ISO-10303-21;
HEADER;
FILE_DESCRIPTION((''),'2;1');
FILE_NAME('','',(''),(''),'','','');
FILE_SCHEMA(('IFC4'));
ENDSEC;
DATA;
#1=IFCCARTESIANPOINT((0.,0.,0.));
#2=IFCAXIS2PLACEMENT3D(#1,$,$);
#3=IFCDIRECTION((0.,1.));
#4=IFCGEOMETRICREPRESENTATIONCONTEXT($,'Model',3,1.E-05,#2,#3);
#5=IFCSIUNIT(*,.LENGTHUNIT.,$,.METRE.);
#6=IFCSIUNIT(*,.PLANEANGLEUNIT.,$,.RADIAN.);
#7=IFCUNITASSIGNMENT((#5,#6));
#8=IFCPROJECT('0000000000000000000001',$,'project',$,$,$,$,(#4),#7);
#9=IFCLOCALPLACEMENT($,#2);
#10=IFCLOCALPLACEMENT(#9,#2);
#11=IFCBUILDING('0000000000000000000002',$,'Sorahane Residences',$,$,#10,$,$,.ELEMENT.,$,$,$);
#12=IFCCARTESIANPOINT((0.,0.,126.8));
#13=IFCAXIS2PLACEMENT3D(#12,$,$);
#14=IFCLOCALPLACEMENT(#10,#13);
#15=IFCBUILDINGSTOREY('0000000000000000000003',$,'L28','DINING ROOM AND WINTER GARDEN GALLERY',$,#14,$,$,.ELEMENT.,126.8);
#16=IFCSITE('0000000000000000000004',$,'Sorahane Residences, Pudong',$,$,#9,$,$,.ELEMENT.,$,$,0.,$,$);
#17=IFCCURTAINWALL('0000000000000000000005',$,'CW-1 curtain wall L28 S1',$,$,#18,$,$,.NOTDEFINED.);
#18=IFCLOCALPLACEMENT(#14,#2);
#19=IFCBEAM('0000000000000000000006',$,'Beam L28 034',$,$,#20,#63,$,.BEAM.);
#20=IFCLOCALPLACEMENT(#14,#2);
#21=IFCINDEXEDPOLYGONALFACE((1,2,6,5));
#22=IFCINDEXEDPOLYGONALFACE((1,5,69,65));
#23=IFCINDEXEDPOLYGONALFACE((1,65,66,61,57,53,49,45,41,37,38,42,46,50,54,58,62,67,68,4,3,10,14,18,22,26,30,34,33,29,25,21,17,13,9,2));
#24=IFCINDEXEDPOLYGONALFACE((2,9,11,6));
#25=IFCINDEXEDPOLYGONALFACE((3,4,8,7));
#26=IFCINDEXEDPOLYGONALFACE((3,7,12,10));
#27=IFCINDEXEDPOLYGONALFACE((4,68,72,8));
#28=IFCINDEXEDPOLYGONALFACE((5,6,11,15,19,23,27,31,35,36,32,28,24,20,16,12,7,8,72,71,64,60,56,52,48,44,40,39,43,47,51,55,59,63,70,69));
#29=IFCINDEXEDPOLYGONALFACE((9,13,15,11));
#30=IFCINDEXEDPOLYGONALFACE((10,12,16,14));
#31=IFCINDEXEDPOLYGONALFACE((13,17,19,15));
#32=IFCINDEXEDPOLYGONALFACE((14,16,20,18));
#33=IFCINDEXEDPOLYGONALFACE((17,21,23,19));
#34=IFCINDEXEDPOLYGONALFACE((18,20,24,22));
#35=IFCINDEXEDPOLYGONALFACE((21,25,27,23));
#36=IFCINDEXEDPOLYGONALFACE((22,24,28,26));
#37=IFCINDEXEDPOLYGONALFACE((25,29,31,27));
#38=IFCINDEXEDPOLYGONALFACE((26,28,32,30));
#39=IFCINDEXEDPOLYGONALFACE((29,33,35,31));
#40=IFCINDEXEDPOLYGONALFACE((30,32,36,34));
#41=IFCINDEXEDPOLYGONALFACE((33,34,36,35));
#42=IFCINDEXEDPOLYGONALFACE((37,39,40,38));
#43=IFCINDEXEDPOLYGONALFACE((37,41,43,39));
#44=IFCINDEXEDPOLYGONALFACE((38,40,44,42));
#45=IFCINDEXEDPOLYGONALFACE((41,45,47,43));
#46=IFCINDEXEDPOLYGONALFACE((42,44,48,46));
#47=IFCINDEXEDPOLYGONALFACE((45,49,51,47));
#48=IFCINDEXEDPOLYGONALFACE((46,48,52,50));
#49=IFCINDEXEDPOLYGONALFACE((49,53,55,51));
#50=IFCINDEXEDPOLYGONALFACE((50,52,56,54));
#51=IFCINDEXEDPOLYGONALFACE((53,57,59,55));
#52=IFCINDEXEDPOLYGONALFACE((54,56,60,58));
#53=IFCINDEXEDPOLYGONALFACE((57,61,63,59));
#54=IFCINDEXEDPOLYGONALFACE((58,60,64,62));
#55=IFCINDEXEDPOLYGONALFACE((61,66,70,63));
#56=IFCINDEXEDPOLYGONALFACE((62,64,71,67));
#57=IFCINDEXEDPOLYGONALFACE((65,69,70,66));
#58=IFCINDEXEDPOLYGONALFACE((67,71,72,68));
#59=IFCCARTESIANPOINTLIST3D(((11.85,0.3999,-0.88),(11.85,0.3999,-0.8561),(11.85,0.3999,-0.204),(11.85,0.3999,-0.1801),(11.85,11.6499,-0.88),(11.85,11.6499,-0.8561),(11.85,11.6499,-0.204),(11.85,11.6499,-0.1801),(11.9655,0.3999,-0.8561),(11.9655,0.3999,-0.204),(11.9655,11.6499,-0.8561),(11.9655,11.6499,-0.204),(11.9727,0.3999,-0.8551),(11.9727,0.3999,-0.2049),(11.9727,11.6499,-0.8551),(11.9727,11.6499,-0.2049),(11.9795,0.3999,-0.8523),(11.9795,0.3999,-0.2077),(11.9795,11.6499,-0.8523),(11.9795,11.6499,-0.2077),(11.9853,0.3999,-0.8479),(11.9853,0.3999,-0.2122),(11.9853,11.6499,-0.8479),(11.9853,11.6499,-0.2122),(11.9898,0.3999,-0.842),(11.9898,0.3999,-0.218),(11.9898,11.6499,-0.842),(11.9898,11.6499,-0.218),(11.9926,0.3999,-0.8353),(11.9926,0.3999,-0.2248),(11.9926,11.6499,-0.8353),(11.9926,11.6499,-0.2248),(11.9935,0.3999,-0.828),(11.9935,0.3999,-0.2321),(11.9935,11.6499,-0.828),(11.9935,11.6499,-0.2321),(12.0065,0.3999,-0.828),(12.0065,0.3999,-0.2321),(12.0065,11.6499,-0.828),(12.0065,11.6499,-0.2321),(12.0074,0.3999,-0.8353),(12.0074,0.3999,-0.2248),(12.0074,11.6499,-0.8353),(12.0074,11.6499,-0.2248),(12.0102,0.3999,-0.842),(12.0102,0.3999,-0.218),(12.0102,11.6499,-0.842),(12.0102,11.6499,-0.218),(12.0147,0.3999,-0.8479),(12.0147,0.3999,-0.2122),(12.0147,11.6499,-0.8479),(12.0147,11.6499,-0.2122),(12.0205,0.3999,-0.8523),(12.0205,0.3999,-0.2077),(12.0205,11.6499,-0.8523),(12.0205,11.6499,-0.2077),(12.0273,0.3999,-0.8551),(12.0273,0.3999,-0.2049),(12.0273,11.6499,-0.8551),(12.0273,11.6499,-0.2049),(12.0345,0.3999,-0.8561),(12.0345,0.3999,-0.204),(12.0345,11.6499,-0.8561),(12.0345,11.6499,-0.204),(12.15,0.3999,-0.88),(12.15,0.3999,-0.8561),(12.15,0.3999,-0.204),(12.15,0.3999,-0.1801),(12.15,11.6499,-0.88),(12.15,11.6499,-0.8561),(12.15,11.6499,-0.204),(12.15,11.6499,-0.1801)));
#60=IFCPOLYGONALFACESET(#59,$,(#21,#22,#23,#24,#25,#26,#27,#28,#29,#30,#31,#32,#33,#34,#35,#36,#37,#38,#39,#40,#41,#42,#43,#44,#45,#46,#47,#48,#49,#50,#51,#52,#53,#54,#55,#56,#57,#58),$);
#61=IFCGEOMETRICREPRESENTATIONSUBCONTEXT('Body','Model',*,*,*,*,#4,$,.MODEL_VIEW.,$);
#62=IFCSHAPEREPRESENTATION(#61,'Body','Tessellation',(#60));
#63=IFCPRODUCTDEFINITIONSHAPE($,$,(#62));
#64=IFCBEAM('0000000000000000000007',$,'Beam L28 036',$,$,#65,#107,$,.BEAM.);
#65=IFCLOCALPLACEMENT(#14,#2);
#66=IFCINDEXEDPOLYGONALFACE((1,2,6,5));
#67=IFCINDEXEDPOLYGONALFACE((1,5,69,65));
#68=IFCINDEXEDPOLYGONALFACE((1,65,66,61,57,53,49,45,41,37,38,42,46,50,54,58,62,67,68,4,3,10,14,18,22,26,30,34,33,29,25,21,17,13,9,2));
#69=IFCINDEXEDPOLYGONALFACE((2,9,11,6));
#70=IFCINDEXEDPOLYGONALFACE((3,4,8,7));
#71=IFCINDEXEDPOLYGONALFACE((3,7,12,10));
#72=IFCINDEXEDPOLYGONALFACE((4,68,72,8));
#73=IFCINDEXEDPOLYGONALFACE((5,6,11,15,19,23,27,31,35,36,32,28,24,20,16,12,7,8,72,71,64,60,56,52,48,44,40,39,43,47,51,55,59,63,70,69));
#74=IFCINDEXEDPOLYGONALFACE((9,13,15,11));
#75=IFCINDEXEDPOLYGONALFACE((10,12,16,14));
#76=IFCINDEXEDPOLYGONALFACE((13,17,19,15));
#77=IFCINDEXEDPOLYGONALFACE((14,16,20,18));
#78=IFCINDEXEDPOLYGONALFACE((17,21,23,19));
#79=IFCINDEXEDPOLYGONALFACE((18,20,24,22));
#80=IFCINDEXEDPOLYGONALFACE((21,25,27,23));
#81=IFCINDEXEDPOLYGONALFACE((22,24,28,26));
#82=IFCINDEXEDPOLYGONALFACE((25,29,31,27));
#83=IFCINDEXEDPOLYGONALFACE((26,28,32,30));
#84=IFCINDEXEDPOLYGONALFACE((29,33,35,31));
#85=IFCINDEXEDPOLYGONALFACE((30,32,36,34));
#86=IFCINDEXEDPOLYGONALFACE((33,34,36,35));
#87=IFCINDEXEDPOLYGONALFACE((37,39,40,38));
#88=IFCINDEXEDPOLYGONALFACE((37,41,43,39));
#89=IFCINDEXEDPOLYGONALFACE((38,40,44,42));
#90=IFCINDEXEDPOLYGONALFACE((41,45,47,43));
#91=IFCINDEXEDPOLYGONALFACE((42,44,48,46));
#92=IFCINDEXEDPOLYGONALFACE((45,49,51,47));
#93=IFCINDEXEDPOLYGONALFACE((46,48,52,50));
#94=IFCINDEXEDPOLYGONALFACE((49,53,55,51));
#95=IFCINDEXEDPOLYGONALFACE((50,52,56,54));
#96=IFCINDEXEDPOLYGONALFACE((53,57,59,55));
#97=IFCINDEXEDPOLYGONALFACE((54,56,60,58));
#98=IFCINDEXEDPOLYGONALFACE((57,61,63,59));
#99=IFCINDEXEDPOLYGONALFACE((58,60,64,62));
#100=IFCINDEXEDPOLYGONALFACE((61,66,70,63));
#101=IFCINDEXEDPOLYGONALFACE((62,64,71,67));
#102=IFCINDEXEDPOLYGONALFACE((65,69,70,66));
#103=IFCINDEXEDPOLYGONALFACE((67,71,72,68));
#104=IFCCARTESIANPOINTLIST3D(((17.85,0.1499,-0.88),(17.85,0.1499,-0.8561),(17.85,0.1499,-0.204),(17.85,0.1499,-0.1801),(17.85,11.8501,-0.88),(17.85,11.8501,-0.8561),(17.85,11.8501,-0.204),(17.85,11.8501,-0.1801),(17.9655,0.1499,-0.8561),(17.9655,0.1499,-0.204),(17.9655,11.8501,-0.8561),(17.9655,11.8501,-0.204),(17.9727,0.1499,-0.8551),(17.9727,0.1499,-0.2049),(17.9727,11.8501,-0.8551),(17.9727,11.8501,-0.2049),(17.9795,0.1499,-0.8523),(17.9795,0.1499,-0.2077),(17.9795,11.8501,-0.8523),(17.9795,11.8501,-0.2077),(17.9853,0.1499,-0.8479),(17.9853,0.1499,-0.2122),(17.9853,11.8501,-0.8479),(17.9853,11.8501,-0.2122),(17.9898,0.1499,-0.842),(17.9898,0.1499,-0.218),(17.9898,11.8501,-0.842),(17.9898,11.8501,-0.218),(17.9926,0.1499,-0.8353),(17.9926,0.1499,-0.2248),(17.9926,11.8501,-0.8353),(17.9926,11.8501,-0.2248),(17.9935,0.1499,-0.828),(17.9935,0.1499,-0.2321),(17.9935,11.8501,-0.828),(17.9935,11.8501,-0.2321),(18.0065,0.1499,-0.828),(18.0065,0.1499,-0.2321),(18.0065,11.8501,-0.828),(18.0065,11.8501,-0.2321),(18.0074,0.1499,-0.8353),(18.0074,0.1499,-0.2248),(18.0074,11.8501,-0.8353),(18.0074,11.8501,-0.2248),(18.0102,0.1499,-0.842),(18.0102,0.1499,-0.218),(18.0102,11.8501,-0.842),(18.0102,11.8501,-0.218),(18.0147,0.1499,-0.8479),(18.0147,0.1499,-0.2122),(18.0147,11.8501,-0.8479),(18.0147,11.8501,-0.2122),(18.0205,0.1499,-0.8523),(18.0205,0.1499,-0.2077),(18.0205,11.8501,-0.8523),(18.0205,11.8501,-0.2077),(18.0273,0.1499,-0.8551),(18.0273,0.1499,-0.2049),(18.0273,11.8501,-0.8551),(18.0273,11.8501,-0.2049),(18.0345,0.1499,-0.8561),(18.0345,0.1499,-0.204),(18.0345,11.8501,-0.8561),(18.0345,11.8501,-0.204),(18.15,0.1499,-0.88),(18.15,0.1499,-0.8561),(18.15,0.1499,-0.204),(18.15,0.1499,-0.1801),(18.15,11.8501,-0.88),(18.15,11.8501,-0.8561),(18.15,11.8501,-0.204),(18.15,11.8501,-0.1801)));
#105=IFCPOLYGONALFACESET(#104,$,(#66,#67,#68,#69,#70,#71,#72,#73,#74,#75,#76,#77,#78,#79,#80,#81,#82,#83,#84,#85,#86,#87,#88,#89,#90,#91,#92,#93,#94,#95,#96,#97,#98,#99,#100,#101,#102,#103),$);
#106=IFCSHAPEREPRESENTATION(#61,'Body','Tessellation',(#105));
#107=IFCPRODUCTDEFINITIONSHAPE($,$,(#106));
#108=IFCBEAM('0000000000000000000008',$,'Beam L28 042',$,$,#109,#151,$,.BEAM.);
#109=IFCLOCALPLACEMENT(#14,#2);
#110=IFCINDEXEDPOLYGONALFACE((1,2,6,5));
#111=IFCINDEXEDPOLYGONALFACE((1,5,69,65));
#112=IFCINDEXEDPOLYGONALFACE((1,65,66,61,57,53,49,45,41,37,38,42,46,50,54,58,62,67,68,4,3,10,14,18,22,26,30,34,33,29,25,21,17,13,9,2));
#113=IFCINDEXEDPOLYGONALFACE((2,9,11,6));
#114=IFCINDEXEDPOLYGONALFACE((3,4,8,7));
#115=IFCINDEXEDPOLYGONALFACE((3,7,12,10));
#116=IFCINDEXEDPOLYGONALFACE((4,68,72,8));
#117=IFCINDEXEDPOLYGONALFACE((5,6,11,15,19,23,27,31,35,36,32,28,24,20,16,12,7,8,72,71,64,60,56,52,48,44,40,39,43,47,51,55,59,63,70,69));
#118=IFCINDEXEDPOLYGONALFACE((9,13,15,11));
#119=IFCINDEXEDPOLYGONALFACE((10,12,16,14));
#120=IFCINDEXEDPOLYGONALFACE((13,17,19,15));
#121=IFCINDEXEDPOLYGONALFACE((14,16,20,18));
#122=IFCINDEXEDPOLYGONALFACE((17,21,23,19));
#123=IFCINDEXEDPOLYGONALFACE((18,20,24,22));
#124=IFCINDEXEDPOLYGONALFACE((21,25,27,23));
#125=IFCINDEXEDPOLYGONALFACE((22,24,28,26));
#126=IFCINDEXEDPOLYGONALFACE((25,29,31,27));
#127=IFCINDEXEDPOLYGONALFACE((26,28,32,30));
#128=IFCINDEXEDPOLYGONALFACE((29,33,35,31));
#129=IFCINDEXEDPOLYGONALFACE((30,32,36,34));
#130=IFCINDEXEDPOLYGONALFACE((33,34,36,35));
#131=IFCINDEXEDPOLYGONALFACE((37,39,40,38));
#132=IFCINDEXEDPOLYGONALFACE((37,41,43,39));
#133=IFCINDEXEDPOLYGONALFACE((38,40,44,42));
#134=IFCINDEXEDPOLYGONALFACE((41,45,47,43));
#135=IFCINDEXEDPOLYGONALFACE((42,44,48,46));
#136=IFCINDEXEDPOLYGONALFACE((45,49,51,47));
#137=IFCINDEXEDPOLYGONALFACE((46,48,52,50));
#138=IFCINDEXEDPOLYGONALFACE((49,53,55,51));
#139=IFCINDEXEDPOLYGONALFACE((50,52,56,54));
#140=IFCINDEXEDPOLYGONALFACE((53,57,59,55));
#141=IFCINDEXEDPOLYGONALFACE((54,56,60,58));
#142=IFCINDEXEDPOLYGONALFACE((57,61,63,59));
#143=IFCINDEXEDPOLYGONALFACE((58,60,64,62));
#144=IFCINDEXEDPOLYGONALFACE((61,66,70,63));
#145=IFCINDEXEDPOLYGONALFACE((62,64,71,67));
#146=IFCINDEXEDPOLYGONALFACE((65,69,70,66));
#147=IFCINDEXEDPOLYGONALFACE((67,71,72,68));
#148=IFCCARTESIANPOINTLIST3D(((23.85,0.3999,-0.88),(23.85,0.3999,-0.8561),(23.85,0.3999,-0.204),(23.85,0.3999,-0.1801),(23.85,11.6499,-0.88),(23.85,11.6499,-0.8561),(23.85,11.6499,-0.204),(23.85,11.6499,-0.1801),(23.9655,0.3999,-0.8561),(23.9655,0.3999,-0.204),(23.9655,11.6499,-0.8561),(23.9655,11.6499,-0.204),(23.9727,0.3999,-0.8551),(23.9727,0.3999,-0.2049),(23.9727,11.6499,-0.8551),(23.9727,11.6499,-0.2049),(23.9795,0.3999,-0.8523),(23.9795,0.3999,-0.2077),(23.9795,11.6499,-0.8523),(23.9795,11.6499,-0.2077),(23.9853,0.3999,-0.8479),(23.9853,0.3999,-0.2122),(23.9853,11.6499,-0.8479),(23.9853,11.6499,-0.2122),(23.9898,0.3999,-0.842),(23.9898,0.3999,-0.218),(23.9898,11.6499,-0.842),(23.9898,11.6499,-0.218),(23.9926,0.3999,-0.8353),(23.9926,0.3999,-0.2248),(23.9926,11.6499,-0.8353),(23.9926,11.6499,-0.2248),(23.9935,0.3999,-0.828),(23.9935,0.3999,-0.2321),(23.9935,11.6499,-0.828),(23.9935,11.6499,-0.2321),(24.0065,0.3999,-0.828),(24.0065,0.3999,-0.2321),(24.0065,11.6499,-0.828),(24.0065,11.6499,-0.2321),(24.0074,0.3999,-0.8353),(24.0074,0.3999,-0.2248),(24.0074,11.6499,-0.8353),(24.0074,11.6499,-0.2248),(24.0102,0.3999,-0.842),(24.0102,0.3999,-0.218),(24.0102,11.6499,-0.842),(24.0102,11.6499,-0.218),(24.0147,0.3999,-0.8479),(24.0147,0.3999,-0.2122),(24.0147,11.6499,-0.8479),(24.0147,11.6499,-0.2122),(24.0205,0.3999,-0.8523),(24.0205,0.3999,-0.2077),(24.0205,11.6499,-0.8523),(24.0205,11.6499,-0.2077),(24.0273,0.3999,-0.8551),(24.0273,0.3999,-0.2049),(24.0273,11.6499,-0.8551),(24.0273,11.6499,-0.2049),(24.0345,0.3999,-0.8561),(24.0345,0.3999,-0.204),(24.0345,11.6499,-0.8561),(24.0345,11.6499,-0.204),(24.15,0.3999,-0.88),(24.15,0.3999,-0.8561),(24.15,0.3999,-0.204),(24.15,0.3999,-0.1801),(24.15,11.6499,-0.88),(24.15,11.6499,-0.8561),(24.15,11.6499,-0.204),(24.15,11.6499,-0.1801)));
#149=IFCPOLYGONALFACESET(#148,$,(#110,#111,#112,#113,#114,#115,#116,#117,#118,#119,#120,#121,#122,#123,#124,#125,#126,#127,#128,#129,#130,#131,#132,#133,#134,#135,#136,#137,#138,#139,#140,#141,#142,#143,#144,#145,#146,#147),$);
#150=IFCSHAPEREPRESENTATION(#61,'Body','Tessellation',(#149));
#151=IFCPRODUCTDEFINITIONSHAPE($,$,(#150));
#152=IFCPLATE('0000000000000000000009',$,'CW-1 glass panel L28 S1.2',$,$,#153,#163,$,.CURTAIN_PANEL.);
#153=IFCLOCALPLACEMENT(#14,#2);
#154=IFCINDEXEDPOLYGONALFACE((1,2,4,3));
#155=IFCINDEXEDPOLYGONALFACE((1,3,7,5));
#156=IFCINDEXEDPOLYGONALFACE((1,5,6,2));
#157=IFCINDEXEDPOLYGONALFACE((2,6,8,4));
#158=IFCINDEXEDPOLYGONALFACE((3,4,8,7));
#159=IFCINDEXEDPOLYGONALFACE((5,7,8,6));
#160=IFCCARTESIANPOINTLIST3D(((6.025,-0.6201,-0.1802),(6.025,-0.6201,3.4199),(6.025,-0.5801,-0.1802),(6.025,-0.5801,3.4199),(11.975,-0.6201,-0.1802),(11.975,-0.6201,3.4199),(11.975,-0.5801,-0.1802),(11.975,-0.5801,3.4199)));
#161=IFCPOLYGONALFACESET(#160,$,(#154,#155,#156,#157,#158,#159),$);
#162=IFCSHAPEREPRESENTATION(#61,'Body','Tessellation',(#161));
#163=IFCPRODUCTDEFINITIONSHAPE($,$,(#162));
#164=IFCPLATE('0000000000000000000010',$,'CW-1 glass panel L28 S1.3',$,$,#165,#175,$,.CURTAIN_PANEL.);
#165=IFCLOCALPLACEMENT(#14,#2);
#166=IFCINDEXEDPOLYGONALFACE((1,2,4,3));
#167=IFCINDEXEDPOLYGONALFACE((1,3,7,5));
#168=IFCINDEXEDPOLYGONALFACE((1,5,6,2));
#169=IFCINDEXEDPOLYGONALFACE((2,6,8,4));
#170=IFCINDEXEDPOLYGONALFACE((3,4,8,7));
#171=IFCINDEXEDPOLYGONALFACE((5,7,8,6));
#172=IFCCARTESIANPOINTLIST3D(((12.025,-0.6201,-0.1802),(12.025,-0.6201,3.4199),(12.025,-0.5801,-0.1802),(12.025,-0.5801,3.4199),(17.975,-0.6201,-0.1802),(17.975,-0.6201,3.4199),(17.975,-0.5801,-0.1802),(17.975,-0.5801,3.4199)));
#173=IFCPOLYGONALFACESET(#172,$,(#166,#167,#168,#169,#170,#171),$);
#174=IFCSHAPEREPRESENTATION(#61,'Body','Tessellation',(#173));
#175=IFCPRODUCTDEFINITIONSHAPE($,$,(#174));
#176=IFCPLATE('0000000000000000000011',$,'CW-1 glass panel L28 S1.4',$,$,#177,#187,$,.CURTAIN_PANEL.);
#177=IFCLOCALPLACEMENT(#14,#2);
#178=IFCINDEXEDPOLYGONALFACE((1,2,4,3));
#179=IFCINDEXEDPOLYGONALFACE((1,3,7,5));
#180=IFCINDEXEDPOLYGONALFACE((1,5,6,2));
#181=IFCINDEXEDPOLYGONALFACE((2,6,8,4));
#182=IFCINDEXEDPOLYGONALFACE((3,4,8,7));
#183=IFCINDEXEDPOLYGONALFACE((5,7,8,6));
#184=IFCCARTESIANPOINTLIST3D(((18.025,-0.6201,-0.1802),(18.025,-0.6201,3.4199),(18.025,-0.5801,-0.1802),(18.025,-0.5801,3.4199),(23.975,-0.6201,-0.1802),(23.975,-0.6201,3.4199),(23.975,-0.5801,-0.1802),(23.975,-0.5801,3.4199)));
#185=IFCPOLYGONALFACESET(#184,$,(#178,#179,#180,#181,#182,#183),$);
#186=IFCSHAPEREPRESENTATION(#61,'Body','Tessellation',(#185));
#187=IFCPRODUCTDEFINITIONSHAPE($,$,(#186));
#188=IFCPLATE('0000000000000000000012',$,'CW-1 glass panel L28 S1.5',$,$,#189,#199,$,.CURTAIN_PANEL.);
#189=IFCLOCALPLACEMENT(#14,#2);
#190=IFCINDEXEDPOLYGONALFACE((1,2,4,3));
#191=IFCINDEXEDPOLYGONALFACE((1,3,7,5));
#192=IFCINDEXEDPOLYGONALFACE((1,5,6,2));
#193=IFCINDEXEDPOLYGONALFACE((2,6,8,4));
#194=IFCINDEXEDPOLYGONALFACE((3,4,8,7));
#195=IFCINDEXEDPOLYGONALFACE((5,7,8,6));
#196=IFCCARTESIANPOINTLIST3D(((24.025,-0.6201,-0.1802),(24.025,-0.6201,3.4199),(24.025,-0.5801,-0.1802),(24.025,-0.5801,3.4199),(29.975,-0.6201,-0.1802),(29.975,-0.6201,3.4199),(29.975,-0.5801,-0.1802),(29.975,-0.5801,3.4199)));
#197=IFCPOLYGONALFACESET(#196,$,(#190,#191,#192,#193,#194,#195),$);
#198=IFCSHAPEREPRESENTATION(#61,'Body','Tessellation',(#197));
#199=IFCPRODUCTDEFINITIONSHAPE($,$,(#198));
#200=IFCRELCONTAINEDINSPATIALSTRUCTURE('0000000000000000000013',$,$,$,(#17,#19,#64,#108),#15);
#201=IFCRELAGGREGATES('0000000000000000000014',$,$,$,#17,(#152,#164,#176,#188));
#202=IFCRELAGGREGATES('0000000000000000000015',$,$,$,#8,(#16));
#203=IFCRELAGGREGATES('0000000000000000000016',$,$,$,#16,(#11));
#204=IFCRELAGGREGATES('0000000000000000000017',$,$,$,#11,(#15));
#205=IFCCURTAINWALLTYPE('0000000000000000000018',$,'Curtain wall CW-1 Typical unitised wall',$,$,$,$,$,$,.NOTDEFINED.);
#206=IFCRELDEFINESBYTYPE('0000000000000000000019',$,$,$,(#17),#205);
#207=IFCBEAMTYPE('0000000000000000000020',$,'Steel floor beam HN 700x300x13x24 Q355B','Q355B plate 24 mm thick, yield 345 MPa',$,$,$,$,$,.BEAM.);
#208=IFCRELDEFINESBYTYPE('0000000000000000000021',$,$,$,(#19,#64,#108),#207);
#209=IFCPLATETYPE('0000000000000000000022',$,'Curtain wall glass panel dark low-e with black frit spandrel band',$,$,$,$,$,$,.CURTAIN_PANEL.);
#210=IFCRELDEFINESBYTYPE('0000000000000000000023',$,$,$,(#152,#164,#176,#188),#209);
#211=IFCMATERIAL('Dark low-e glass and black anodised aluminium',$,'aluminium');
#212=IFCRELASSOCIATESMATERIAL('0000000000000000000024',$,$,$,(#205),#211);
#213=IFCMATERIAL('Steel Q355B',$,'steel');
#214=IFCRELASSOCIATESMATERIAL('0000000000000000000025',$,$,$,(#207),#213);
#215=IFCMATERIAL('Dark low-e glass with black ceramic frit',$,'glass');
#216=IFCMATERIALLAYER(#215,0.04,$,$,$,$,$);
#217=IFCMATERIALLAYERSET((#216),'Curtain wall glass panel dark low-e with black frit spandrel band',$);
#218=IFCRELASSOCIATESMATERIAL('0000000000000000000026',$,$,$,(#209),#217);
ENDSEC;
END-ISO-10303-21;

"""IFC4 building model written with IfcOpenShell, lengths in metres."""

from ifc_helpers import new_model, si_unit, direction, frame, origin, origin_2d, place, context, subcontext, project, spatial, rectangle, i_section, extrude, material, layer, layer_set, material_profile, profile_set, type_object, element, aggregate, save


model = new_model("IFC4")

# Units and contexts
model_context = context("Model", 3, precision=1e-05, world=origin(), true_north=direction((0.0, 1.0)))
body_context = subcontext(model_context, "Body", "Model", "MODEL_VIEW")
ifc_project = project(units=[si_unit("LENGTHUNIT", "METRE"), si_unit("PLANEANGLEUNIT", "RADIAN")], contexts=[model_context])

# Site, building, storey
site_placement = place(None, origin())
site = spatial("IfcSite", under=ifc_project, at=site_placement, Name="Sorahane Residences, Pudong", CompositionType="ELEMENT", RefElevation=0.0)
building_placement = place(site_placement, origin())
building = spatial("IfcBuilding", under=site, at=building_placement, Name="Sorahane Residences", CompositionType="ELEMENT")
storey_placement = place(building_placement, frame((0.0, 0.0, 126.8)))
storey = spatial("IfcBuildingStorey", under=building, at=storey_placement, Name="L28", Description="DINING ROOM AND WINTER GARDEN GALLERY", CompositionType="ELEMENT", Elevation=126.8)

# Curtain wall
ifc_material_1 = material(Name="Dark low-e glass and black anodised aluminium", Category="aluminium")
curtain_wall_type = type_object("IfcCurtainWallType", Name="Curtain wall CW-1 Typical unitised wall", PredefinedType="NOTDEFINED", material=ifc_material_1)
curtain_wall_placement = place(storey_placement, origin())
curtain_wall = element("IfcCurtainWall", 1, at=curtain_wall_placement, inside=storey, type_object=curtain_wall_type, Name="CW-1 curtain wall L28 S1", PredefinedType="NOTDEFINED")

# Beams
ifc_material_2 = material(Name="Steel Q355B", Category="steel")
ifc_material_profile_1 = material_profile(ifc_material_2, i_section(OverallWidth=0.3, OverallDepth=0.7, WebThickness=0.0129, FlangeThickness=0.0239, FilletRadius=0.0281, at=origin_2d()), Name="HN 700x300x13x24")
ifc_profile_set_1 = profile_set([ifc_material_profile_1], Name="Steel Q355B")
beam_type_1 = type_object("IfcBeamType", Name="Steel floor beam HN 700x300x13x24 Q355B", Description="Q355B plate 24 mm thick, yield 345 MPa", PredefinedType="BEAM", material=ifc_profile_set_1)
beam_1_placement = place(storey_placement, frame((12.0, 0.3999, -0.53), z_axis=(0.0, 1.0, 0.0), x_axis=(-1.0, 0.0, 0.0)))
element("IfcBeam", 2, at=beam_1_placement, inside=storey, type_object=beam_type_1, Name="Beam L28 034", PredefinedType="BEAM", context=body_context, shape_type="SweptSolid", body=[
    extrude(i_section(OverallWidth=0.3, OverallDepth=0.7, WebThickness=0.0129, FlangeThickness=0.0239, FilletRadius=0.0281, at=origin_2d()), origin(), (0.0, 0.0, 1.0), 11.25),
])
beam_2_placement = place(storey_placement, frame((18.0, 0.1499, -0.53), z_axis=(0.0, 1.0, 0.0), x_axis=(-1.0, 0.0, 0.0)))
element("IfcBeam", 3, at=beam_2_placement, inside=storey, type_object=beam_type_1, Name="Beam L28 036", PredefinedType="BEAM", context=body_context, shape_type="SweptSolid", body=[
    extrude(i_section(OverallWidth=0.3, OverallDepth=0.7, WebThickness=0.0129, FlangeThickness=0.0239, FilletRadius=0.0281, at=origin_2d()), origin(), (0.0, 0.0, 1.0), 11.7002),
])
beam_3_placement = place(storey_placement, frame((24.0, 0.3999, -0.53), z_axis=(0.0, 1.0, 0.0), x_axis=(-1.0, 0.0, 0.0)))
element("IfcBeam", 4, at=beam_3_placement, inside=storey, type_object=beam_type_1, Name="Beam L28 042", PredefinedType="BEAM", context=body_context, shape_type="SweptSolid", body=[
    extrude(i_section(OverallWidth=0.3, OverallDepth=0.7, WebThickness=0.0129, FlangeThickness=0.0239, FilletRadius=0.0281, at=origin_2d()), origin(), (0.0, 0.0, 1.0), 11.25),
])

# Plates
ifc_material_3 = material(Name="Dark low-e glass with black ceramic frit", Category="glass")
ifc_layer_1 = layer(ifc_material_3, 0.04)
ifc_layer_set_1 = layer_set([ifc_layer_1], Name="Curtain wall glass panel dark low-e with black frit spandrel band")
plate_type = type_object("IfcPlateType", Name="Curtain wall glass panel dark low-e with black frit spandrel band", PredefinedType="CURTAIN_PANEL", material=ifc_layer_set_1)
plate_1_placement = place(storey_placement, frame((9.0, -0.6001, -0.1802), z_axis=(0.0, 0.0, 1.0), x_axis=(1.0, 0.0, 0.0)))
plate_1 = element("IfcPlate", 5, at=plate_1_placement, type_object=plate_type, Name="CW-1 glass panel L28 S1.2", PredefinedType="CURTAIN_PANEL", context=body_context, shape_type="SweptSolid", body=[
    extrude(rectangle(XDim=5.95, YDim=0.04, at=origin_2d()), origin(), (0.0, 0.0, 1.0), 3.6001),
])
plate_2_placement = place(storey_placement, frame((15.0, -0.6001, -0.1802), z_axis=(0.0, 0.0, 1.0), x_axis=(1.0, 0.0, 0.0)))
plate_2 = element("IfcPlate", 6, at=plate_2_placement, type_object=plate_type, Name="CW-1 glass panel L28 S1.3", PredefinedType="CURTAIN_PANEL", context=body_context, shape_type="SweptSolid", body=[
    extrude(rectangle(XDim=5.95, YDim=0.04, at=origin_2d()), origin(), (0.0, 0.0, 1.0), 3.6001),
])
plate_3_placement = place(storey_placement, frame((21.0, -0.6001, -0.1802), z_axis=(0.0, 0.0, 1.0), x_axis=(1.0, 0.0, 0.0)))
plate_3 = element("IfcPlate", 7, at=plate_3_placement, type_object=plate_type, Name="CW-1 glass panel L28 S1.4", PredefinedType="CURTAIN_PANEL", context=body_context, shape_type="SweptSolid", body=[
    extrude(rectangle(XDim=5.95, YDim=0.04, at=origin_2d()), origin(), (0.0, 0.0, 1.0), 3.6001),
])
plate_4_placement = place(storey_placement, frame((27.0, -0.6001, -0.1802), z_axis=(0.0, 0.0, 1.0), x_axis=(1.0, 0.0, 0.0)))
plate_4 = element("IfcPlate", 8, at=plate_4_placement, type_object=plate_type, Name="CW-1 glass panel L28 S1.5", PredefinedType="CURTAIN_PANEL", context=body_context, shape_type="SweptSolid", body=[
    extrude(rectangle(XDim=5.95, YDim=0.04, at=origin_2d()), origin(), (0.0, 0.0, 1.0), 3.6001),
])
aggregate(curtain_wall, [plate_1, plate_2, plate_3, plate_4])

save(model, "model.ifc")
